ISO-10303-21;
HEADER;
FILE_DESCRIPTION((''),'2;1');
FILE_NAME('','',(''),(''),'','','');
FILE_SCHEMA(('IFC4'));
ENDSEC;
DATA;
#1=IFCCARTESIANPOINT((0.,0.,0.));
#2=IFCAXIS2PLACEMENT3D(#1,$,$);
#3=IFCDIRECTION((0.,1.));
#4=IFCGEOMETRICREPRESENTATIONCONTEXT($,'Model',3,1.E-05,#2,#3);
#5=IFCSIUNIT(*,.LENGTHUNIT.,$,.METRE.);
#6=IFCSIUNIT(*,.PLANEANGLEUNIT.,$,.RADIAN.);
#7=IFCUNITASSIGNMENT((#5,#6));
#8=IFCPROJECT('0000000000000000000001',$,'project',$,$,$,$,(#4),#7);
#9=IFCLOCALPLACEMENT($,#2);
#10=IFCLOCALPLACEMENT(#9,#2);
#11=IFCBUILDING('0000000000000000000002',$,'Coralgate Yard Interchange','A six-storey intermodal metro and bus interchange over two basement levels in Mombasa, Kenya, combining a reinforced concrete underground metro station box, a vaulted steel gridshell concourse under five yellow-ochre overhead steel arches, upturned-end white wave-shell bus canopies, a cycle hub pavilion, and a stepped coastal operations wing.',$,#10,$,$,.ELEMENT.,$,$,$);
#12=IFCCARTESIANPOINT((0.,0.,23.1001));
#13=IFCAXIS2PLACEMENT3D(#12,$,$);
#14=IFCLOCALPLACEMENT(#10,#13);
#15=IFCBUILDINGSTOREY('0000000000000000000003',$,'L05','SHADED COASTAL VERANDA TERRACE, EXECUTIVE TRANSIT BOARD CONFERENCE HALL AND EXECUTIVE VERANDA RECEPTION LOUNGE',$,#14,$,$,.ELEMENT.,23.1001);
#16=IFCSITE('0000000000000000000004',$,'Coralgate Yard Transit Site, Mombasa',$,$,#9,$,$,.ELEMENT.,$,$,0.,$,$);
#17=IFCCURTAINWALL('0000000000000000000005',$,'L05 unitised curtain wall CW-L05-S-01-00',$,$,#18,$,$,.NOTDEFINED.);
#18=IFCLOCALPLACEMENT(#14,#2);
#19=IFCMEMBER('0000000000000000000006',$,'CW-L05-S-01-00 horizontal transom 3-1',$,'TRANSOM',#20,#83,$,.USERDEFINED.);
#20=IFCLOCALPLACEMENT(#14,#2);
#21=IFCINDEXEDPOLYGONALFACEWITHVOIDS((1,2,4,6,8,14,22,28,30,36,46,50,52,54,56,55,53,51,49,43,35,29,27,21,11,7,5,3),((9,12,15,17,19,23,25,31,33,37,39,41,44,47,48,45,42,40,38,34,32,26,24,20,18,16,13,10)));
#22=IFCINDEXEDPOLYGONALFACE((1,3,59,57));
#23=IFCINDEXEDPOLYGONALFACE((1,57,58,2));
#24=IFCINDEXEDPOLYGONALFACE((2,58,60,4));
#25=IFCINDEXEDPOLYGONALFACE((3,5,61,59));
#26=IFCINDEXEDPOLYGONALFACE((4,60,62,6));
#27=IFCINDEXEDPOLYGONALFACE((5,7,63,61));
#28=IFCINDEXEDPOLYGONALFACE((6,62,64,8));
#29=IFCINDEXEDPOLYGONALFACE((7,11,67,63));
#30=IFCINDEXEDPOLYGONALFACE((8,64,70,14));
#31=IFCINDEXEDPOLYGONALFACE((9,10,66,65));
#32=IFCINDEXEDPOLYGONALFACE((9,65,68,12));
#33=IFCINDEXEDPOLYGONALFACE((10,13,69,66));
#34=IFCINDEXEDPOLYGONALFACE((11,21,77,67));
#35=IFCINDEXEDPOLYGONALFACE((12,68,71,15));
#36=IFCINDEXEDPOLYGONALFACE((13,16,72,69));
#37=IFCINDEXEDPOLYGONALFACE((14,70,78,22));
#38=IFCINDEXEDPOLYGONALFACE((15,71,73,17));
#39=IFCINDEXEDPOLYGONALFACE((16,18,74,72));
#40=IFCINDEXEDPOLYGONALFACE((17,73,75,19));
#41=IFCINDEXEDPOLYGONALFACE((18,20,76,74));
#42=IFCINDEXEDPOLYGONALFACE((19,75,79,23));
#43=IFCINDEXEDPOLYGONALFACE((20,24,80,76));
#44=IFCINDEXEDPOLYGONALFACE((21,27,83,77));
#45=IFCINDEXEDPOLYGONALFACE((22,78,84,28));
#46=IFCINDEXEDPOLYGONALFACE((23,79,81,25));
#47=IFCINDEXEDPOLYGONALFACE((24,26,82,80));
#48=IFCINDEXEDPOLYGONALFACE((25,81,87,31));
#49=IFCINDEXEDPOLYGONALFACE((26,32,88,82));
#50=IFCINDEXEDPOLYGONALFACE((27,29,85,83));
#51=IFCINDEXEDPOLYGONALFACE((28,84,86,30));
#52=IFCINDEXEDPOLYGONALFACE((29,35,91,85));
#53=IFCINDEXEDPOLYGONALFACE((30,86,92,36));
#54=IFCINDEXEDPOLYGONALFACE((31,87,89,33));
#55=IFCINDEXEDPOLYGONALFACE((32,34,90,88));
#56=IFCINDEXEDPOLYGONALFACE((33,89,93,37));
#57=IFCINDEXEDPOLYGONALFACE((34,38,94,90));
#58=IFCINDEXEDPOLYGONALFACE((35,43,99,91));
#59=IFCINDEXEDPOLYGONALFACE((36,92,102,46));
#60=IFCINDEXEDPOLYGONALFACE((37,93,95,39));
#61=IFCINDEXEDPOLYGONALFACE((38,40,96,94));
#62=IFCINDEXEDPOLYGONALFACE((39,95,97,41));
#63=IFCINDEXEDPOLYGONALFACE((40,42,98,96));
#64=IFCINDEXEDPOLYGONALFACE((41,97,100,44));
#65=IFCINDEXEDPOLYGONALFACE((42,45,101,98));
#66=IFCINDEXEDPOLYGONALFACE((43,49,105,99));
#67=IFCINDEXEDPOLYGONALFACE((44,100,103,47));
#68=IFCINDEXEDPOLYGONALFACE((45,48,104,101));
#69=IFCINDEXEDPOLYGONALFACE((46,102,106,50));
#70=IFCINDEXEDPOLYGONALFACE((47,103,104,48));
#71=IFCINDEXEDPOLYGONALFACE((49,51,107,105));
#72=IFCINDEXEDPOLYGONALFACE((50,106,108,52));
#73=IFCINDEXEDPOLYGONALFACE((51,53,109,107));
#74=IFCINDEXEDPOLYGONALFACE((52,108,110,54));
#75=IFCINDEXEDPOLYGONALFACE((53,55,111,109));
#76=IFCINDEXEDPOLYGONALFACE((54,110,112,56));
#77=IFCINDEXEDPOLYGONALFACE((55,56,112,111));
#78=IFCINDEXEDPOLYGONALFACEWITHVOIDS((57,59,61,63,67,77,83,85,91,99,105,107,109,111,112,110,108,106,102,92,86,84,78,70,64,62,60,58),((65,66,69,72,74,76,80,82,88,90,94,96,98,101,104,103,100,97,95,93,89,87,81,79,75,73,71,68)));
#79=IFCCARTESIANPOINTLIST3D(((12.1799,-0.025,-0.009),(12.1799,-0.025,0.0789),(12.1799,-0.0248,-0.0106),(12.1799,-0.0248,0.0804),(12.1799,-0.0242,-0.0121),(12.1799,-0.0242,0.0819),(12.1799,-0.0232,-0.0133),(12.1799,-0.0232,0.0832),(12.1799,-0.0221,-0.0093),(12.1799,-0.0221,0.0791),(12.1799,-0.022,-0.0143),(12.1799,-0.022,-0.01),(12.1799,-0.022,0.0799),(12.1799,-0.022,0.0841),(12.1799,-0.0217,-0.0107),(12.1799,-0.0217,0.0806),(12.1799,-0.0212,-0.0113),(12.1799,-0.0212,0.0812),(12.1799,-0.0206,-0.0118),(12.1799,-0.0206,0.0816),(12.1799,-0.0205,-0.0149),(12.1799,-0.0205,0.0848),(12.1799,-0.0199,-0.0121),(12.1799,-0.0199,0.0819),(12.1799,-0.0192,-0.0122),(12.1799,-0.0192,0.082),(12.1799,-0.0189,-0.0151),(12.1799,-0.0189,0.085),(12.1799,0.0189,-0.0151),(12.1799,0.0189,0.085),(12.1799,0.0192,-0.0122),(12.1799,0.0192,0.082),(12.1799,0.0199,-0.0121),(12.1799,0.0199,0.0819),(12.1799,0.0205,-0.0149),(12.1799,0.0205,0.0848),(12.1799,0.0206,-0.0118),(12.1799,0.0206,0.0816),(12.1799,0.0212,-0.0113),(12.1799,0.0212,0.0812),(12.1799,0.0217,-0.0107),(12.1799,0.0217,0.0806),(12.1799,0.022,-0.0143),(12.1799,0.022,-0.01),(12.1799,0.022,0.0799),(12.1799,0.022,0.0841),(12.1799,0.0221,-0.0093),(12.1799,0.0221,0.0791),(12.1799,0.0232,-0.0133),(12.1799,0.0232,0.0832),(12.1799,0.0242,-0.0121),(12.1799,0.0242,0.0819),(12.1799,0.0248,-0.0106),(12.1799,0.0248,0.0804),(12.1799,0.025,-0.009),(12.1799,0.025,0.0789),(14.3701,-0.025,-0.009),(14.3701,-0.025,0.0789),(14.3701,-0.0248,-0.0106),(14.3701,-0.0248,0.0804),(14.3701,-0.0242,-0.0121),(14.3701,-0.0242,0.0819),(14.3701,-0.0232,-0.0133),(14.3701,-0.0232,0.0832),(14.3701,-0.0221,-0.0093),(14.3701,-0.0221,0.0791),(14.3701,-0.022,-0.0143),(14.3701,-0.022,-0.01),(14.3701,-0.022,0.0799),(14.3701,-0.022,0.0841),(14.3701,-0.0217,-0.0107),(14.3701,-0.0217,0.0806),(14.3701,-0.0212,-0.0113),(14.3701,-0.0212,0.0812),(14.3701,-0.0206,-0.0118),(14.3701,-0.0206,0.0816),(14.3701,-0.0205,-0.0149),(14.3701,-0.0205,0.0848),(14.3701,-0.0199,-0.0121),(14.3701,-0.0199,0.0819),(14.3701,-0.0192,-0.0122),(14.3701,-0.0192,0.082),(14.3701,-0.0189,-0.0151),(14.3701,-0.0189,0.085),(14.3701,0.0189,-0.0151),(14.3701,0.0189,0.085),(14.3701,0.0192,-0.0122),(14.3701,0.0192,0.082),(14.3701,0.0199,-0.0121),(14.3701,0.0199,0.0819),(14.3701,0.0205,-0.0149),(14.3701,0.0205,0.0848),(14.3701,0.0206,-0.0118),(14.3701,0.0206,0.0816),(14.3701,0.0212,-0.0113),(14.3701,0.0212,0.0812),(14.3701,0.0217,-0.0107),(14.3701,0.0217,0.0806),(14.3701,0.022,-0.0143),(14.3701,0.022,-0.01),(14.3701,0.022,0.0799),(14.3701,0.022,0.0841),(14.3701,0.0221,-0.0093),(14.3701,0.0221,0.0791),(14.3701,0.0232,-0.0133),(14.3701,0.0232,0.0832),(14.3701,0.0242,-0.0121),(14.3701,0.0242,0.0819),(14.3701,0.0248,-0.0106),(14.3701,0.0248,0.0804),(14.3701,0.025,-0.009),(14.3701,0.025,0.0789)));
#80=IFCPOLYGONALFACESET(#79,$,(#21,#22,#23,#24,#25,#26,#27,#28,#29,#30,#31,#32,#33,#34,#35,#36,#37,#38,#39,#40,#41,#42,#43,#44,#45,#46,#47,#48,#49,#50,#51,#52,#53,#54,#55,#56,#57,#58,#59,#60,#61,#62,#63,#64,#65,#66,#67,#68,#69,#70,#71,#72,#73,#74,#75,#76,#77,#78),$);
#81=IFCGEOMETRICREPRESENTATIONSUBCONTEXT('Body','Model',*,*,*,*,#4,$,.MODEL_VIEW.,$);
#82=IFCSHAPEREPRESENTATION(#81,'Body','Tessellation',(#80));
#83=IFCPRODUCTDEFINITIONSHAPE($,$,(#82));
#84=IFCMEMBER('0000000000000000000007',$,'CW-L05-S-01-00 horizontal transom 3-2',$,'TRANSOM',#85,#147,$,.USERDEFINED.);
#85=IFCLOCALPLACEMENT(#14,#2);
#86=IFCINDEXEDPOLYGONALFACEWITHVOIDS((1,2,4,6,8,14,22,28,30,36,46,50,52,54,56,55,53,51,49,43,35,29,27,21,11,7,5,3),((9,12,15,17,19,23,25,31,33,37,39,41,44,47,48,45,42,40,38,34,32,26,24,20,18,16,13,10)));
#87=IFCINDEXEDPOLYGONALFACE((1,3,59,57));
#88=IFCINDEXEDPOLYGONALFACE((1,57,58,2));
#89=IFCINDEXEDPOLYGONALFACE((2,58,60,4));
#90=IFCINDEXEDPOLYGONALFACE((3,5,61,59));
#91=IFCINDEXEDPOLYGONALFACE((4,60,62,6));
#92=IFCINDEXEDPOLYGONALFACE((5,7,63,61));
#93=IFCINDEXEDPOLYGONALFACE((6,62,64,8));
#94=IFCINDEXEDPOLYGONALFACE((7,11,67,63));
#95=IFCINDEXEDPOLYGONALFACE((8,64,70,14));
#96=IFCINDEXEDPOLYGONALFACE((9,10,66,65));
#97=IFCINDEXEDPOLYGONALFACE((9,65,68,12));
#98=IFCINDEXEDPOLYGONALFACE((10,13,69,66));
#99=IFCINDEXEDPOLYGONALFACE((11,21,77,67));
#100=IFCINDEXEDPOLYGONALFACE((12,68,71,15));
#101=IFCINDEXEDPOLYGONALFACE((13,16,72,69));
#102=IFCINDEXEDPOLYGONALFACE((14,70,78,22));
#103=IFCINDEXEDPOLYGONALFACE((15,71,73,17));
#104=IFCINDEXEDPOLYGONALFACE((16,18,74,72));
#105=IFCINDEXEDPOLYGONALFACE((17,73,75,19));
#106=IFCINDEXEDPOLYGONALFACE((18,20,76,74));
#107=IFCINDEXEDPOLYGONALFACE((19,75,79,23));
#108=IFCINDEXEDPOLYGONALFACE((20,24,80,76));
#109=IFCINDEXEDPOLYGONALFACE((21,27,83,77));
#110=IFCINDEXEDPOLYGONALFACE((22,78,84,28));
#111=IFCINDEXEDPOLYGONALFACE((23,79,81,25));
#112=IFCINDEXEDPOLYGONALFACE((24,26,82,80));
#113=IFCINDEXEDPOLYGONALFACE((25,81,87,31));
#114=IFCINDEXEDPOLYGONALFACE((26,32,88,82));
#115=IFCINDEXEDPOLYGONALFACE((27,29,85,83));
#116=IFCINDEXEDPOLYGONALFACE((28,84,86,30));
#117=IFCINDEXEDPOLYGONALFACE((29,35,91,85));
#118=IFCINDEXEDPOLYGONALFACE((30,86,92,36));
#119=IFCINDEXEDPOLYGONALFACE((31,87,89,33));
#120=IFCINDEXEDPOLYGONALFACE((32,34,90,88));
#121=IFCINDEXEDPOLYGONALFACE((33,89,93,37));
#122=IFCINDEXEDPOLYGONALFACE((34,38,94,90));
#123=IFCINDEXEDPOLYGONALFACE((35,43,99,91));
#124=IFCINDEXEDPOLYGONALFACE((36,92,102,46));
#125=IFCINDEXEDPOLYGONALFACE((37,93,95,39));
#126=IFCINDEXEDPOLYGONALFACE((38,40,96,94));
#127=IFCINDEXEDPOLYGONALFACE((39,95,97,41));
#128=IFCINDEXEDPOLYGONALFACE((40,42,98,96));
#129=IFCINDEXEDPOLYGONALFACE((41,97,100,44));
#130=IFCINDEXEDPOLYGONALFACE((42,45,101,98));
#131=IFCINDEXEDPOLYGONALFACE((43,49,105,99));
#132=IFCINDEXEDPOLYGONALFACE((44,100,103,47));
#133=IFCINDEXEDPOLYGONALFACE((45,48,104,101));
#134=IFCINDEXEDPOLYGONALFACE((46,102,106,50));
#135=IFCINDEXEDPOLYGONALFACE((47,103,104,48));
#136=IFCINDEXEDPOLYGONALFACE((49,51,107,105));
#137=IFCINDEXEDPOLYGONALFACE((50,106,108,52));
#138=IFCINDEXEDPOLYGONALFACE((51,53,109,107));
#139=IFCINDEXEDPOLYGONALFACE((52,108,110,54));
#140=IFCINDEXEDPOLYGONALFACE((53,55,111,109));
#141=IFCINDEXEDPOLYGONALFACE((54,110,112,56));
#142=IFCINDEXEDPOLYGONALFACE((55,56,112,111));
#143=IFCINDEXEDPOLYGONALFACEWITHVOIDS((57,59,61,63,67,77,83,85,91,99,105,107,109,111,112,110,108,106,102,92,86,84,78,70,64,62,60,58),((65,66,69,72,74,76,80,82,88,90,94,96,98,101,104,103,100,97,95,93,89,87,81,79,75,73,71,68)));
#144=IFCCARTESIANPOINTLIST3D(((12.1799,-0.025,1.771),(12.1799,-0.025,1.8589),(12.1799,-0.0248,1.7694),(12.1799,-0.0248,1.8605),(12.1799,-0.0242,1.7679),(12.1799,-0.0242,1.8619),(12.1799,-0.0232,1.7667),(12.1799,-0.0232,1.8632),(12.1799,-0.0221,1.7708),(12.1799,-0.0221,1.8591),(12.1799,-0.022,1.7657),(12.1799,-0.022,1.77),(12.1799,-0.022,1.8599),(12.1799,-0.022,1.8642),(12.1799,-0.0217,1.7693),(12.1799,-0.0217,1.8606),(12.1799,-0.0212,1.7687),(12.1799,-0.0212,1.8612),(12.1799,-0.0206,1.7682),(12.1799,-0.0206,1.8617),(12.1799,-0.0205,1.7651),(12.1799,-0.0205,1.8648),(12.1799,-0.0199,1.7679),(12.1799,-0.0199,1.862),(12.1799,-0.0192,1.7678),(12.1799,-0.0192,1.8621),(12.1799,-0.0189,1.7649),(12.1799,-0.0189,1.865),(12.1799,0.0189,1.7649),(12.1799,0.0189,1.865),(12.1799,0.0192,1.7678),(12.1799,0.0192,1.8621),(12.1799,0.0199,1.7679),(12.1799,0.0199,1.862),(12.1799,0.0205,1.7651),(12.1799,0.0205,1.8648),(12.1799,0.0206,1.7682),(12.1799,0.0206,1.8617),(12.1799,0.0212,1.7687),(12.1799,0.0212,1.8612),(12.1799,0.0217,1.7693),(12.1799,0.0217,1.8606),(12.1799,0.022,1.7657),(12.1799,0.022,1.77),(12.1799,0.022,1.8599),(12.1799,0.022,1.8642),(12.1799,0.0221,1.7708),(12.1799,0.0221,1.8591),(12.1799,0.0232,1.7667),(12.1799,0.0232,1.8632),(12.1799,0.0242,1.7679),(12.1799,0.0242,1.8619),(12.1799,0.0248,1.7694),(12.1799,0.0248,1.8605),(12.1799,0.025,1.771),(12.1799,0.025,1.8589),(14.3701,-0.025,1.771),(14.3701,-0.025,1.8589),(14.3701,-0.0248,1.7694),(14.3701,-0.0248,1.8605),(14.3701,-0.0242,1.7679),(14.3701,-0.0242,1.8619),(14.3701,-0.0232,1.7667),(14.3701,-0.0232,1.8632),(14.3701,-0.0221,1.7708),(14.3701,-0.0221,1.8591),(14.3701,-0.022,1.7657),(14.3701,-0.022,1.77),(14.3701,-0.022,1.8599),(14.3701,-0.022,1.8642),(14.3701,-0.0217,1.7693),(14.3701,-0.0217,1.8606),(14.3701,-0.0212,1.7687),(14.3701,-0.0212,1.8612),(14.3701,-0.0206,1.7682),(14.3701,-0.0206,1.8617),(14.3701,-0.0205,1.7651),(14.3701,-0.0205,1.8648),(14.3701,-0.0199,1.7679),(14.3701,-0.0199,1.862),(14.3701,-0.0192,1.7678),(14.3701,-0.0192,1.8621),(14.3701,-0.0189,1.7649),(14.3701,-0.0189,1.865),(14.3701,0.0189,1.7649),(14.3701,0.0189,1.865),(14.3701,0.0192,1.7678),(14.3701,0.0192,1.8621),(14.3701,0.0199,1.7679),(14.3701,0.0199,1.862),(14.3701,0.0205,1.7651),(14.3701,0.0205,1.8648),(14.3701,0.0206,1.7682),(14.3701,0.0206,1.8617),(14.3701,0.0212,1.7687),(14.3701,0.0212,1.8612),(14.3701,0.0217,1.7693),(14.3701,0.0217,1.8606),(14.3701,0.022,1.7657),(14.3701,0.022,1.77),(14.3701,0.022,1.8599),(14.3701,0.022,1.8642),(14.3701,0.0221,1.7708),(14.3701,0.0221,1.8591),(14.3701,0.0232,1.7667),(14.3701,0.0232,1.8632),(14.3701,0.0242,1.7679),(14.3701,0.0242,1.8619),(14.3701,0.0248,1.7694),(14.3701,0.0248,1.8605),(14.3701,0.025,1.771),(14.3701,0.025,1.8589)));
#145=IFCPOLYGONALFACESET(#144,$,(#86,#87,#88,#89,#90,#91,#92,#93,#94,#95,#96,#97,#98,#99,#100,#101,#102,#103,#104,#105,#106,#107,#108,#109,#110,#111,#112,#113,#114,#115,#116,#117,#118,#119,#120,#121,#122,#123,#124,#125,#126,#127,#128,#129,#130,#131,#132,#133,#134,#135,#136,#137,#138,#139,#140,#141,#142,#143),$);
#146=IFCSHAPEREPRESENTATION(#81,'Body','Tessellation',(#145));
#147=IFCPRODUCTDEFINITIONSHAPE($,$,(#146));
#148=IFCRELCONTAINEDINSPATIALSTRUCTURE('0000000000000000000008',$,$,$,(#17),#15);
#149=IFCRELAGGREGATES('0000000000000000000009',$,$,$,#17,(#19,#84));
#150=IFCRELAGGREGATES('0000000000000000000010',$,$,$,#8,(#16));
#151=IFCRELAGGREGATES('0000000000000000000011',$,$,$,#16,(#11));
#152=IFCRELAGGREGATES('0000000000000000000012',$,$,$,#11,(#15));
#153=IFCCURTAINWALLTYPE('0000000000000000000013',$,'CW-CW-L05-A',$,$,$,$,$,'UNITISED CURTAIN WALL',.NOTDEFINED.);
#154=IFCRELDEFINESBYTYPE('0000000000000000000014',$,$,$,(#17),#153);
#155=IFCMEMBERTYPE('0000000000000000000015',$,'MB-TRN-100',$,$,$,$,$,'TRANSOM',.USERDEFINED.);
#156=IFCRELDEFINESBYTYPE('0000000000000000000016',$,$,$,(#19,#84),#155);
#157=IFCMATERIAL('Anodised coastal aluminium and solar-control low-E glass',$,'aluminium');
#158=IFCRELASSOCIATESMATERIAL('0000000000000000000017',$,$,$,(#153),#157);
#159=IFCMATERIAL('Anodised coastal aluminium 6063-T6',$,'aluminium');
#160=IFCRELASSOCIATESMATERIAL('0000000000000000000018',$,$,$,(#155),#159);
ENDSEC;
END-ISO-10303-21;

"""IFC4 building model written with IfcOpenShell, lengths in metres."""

from ifc_helpers import new_model, si_unit, direction, frame, origin, origin_2d, place, context, subcontext, project, spatial, hollow_rectangle, extrude, material, material_profile, profile_set, type_object, element, aggregate, save


model = new_model("IFC4")

# Units and contexts
model_context = context("Model", 3, precision=1e-05, world=origin(), true_north=direction((0.0, 1.0)))
body_context = subcontext(model_context, "Body", "Model", "MODEL_VIEW")
ifc_project = project(units=[si_unit("LENGTHUNIT", "METRE"), si_unit("PLANEANGLEUNIT", "RADIAN")], contexts=[model_context])

# Site, building, storey
site_placement = place(None, origin())
site = spatial("IfcSite", under=ifc_project, at=site_placement, Name="Coralgate Yard Transit Site, Mombasa", CompositionType="ELEMENT", RefElevation=0.0)
building_placement = place(site_placement, origin())
building = spatial("IfcBuilding", under=site, at=building_placement, Name="Coralgate Yard Interchange", Description="A six-storey intermodal metro and bus interchange over two basement levels in Mombasa, Kenya, combining a reinforced concrete underground metro station box, a vaulted steel gridshell concourse under five yellow-ochre overhead steel arches, upturned-end white wave-shell bus canopies, a cycle hub pavilion, and a stepped coastal operations wing.", CompositionType="ELEMENT")
storey_placement = place(building_placement, frame((0.0, 0.0, 23.1001)))
storey = spatial("IfcBuildingStorey", under=building, at=storey_placement, Name="L05", Description="SHADED COASTAL VERANDA TERRACE, EXECUTIVE TRANSIT BOARD CONFERENCE HALL AND EXECUTIVE VERANDA RECEPTION LOUNGE", CompositionType="ELEMENT", Elevation=23.1001)

# Curtain wall, members
ifc_material_1 = material(Name="Anodised coastal aluminium and solar-control low-E glass", Category="aluminium")
curtain_wall_type = type_object("IfcCurtainWallType", Name="CW-CW-L05-A", ElementType="UNITISED CURTAIN WALL", PredefinedType="NOTDEFINED", material=ifc_material_1)
curtain_wall_placement = place(storey_placement, origin())
curtain_wall = element("IfcCurtainWall", 1, at=curtain_wall_placement, inside=storey, type_object=curtain_wall_type, Name="L05 unitised curtain wall CW-L05-S-01-00", PredefinedType="NOTDEFINED")
ifc_material_2 = material(Name="Anodised coastal aluminium 6063-T6", Category="aluminium")
ifc_material_profile_1 = material_profile(ifc_material_2, hollow_rectangle(XDim=0.05, YDim=0.1001, WallThickness=0.0029, InnerFilletRadius=0.0029, OuterFilletRadius=0.0061, at=origin_2d()), Name="ALU 50x100x3")
ifc_profile_set_1 = profile_set([ifc_material_profile_1], Name="Anodised coastal aluminium 6063-T6")
member_type_1 = type_object("IfcMemberType", Name="MB-TRN-100", ElementType="TRANSOM", PredefinedType="USERDEFINED", material=ifc_profile_set_1)
member_1_placement = place(storey_placement, frame((14.3701, 0.0, 0.0349), z_axis=(-1.0, 0.0, 0.0), x_axis=(0.0, -1.0, 0.0)))
member_1 = element("IfcMember", 2, at=member_1_placement, type_object=member_type_1, Name="CW-L05-S-01-00 horizontal transom 3-1", ObjectType="TRANSOM", PredefinedType="USERDEFINED", context=body_context, shape_type="SweptSolid", body=[
    extrude(hollow_rectangle(XDim=0.05, YDim=0.1001, WallThickness=0.0029, InnerFilletRadius=0.0029, OuterFilletRadius=0.0061, at=origin_2d()), origin(), (0.0, 0.0, 1.0), 2.1902),
])
member_2_placement = place(storey_placement, frame((14.3701, 0.0, 1.8149), z_axis=(-1.0, 0.0, 0.0), x_axis=(0.0, -1.0, 0.0)))
member_2 = element("IfcMember", 3, at=member_2_placement, type_object=member_type_1, Name="CW-L05-S-01-00 horizontal transom 3-2", ObjectType="TRANSOM", PredefinedType="USERDEFINED", context=body_context, shape_type="SweptSolid", body=[
    extrude(hollow_rectangle(XDim=0.05, YDim=0.1001, WallThickness=0.0029, InnerFilletRadius=0.0029, OuterFilletRadius=0.0061, at=origin_2d()), origin(), (0.0, 0.0, 1.0), 2.1902),
])
aggregate(curtain_wall, [member_1, member_2])

save(model, "model.ifc")
